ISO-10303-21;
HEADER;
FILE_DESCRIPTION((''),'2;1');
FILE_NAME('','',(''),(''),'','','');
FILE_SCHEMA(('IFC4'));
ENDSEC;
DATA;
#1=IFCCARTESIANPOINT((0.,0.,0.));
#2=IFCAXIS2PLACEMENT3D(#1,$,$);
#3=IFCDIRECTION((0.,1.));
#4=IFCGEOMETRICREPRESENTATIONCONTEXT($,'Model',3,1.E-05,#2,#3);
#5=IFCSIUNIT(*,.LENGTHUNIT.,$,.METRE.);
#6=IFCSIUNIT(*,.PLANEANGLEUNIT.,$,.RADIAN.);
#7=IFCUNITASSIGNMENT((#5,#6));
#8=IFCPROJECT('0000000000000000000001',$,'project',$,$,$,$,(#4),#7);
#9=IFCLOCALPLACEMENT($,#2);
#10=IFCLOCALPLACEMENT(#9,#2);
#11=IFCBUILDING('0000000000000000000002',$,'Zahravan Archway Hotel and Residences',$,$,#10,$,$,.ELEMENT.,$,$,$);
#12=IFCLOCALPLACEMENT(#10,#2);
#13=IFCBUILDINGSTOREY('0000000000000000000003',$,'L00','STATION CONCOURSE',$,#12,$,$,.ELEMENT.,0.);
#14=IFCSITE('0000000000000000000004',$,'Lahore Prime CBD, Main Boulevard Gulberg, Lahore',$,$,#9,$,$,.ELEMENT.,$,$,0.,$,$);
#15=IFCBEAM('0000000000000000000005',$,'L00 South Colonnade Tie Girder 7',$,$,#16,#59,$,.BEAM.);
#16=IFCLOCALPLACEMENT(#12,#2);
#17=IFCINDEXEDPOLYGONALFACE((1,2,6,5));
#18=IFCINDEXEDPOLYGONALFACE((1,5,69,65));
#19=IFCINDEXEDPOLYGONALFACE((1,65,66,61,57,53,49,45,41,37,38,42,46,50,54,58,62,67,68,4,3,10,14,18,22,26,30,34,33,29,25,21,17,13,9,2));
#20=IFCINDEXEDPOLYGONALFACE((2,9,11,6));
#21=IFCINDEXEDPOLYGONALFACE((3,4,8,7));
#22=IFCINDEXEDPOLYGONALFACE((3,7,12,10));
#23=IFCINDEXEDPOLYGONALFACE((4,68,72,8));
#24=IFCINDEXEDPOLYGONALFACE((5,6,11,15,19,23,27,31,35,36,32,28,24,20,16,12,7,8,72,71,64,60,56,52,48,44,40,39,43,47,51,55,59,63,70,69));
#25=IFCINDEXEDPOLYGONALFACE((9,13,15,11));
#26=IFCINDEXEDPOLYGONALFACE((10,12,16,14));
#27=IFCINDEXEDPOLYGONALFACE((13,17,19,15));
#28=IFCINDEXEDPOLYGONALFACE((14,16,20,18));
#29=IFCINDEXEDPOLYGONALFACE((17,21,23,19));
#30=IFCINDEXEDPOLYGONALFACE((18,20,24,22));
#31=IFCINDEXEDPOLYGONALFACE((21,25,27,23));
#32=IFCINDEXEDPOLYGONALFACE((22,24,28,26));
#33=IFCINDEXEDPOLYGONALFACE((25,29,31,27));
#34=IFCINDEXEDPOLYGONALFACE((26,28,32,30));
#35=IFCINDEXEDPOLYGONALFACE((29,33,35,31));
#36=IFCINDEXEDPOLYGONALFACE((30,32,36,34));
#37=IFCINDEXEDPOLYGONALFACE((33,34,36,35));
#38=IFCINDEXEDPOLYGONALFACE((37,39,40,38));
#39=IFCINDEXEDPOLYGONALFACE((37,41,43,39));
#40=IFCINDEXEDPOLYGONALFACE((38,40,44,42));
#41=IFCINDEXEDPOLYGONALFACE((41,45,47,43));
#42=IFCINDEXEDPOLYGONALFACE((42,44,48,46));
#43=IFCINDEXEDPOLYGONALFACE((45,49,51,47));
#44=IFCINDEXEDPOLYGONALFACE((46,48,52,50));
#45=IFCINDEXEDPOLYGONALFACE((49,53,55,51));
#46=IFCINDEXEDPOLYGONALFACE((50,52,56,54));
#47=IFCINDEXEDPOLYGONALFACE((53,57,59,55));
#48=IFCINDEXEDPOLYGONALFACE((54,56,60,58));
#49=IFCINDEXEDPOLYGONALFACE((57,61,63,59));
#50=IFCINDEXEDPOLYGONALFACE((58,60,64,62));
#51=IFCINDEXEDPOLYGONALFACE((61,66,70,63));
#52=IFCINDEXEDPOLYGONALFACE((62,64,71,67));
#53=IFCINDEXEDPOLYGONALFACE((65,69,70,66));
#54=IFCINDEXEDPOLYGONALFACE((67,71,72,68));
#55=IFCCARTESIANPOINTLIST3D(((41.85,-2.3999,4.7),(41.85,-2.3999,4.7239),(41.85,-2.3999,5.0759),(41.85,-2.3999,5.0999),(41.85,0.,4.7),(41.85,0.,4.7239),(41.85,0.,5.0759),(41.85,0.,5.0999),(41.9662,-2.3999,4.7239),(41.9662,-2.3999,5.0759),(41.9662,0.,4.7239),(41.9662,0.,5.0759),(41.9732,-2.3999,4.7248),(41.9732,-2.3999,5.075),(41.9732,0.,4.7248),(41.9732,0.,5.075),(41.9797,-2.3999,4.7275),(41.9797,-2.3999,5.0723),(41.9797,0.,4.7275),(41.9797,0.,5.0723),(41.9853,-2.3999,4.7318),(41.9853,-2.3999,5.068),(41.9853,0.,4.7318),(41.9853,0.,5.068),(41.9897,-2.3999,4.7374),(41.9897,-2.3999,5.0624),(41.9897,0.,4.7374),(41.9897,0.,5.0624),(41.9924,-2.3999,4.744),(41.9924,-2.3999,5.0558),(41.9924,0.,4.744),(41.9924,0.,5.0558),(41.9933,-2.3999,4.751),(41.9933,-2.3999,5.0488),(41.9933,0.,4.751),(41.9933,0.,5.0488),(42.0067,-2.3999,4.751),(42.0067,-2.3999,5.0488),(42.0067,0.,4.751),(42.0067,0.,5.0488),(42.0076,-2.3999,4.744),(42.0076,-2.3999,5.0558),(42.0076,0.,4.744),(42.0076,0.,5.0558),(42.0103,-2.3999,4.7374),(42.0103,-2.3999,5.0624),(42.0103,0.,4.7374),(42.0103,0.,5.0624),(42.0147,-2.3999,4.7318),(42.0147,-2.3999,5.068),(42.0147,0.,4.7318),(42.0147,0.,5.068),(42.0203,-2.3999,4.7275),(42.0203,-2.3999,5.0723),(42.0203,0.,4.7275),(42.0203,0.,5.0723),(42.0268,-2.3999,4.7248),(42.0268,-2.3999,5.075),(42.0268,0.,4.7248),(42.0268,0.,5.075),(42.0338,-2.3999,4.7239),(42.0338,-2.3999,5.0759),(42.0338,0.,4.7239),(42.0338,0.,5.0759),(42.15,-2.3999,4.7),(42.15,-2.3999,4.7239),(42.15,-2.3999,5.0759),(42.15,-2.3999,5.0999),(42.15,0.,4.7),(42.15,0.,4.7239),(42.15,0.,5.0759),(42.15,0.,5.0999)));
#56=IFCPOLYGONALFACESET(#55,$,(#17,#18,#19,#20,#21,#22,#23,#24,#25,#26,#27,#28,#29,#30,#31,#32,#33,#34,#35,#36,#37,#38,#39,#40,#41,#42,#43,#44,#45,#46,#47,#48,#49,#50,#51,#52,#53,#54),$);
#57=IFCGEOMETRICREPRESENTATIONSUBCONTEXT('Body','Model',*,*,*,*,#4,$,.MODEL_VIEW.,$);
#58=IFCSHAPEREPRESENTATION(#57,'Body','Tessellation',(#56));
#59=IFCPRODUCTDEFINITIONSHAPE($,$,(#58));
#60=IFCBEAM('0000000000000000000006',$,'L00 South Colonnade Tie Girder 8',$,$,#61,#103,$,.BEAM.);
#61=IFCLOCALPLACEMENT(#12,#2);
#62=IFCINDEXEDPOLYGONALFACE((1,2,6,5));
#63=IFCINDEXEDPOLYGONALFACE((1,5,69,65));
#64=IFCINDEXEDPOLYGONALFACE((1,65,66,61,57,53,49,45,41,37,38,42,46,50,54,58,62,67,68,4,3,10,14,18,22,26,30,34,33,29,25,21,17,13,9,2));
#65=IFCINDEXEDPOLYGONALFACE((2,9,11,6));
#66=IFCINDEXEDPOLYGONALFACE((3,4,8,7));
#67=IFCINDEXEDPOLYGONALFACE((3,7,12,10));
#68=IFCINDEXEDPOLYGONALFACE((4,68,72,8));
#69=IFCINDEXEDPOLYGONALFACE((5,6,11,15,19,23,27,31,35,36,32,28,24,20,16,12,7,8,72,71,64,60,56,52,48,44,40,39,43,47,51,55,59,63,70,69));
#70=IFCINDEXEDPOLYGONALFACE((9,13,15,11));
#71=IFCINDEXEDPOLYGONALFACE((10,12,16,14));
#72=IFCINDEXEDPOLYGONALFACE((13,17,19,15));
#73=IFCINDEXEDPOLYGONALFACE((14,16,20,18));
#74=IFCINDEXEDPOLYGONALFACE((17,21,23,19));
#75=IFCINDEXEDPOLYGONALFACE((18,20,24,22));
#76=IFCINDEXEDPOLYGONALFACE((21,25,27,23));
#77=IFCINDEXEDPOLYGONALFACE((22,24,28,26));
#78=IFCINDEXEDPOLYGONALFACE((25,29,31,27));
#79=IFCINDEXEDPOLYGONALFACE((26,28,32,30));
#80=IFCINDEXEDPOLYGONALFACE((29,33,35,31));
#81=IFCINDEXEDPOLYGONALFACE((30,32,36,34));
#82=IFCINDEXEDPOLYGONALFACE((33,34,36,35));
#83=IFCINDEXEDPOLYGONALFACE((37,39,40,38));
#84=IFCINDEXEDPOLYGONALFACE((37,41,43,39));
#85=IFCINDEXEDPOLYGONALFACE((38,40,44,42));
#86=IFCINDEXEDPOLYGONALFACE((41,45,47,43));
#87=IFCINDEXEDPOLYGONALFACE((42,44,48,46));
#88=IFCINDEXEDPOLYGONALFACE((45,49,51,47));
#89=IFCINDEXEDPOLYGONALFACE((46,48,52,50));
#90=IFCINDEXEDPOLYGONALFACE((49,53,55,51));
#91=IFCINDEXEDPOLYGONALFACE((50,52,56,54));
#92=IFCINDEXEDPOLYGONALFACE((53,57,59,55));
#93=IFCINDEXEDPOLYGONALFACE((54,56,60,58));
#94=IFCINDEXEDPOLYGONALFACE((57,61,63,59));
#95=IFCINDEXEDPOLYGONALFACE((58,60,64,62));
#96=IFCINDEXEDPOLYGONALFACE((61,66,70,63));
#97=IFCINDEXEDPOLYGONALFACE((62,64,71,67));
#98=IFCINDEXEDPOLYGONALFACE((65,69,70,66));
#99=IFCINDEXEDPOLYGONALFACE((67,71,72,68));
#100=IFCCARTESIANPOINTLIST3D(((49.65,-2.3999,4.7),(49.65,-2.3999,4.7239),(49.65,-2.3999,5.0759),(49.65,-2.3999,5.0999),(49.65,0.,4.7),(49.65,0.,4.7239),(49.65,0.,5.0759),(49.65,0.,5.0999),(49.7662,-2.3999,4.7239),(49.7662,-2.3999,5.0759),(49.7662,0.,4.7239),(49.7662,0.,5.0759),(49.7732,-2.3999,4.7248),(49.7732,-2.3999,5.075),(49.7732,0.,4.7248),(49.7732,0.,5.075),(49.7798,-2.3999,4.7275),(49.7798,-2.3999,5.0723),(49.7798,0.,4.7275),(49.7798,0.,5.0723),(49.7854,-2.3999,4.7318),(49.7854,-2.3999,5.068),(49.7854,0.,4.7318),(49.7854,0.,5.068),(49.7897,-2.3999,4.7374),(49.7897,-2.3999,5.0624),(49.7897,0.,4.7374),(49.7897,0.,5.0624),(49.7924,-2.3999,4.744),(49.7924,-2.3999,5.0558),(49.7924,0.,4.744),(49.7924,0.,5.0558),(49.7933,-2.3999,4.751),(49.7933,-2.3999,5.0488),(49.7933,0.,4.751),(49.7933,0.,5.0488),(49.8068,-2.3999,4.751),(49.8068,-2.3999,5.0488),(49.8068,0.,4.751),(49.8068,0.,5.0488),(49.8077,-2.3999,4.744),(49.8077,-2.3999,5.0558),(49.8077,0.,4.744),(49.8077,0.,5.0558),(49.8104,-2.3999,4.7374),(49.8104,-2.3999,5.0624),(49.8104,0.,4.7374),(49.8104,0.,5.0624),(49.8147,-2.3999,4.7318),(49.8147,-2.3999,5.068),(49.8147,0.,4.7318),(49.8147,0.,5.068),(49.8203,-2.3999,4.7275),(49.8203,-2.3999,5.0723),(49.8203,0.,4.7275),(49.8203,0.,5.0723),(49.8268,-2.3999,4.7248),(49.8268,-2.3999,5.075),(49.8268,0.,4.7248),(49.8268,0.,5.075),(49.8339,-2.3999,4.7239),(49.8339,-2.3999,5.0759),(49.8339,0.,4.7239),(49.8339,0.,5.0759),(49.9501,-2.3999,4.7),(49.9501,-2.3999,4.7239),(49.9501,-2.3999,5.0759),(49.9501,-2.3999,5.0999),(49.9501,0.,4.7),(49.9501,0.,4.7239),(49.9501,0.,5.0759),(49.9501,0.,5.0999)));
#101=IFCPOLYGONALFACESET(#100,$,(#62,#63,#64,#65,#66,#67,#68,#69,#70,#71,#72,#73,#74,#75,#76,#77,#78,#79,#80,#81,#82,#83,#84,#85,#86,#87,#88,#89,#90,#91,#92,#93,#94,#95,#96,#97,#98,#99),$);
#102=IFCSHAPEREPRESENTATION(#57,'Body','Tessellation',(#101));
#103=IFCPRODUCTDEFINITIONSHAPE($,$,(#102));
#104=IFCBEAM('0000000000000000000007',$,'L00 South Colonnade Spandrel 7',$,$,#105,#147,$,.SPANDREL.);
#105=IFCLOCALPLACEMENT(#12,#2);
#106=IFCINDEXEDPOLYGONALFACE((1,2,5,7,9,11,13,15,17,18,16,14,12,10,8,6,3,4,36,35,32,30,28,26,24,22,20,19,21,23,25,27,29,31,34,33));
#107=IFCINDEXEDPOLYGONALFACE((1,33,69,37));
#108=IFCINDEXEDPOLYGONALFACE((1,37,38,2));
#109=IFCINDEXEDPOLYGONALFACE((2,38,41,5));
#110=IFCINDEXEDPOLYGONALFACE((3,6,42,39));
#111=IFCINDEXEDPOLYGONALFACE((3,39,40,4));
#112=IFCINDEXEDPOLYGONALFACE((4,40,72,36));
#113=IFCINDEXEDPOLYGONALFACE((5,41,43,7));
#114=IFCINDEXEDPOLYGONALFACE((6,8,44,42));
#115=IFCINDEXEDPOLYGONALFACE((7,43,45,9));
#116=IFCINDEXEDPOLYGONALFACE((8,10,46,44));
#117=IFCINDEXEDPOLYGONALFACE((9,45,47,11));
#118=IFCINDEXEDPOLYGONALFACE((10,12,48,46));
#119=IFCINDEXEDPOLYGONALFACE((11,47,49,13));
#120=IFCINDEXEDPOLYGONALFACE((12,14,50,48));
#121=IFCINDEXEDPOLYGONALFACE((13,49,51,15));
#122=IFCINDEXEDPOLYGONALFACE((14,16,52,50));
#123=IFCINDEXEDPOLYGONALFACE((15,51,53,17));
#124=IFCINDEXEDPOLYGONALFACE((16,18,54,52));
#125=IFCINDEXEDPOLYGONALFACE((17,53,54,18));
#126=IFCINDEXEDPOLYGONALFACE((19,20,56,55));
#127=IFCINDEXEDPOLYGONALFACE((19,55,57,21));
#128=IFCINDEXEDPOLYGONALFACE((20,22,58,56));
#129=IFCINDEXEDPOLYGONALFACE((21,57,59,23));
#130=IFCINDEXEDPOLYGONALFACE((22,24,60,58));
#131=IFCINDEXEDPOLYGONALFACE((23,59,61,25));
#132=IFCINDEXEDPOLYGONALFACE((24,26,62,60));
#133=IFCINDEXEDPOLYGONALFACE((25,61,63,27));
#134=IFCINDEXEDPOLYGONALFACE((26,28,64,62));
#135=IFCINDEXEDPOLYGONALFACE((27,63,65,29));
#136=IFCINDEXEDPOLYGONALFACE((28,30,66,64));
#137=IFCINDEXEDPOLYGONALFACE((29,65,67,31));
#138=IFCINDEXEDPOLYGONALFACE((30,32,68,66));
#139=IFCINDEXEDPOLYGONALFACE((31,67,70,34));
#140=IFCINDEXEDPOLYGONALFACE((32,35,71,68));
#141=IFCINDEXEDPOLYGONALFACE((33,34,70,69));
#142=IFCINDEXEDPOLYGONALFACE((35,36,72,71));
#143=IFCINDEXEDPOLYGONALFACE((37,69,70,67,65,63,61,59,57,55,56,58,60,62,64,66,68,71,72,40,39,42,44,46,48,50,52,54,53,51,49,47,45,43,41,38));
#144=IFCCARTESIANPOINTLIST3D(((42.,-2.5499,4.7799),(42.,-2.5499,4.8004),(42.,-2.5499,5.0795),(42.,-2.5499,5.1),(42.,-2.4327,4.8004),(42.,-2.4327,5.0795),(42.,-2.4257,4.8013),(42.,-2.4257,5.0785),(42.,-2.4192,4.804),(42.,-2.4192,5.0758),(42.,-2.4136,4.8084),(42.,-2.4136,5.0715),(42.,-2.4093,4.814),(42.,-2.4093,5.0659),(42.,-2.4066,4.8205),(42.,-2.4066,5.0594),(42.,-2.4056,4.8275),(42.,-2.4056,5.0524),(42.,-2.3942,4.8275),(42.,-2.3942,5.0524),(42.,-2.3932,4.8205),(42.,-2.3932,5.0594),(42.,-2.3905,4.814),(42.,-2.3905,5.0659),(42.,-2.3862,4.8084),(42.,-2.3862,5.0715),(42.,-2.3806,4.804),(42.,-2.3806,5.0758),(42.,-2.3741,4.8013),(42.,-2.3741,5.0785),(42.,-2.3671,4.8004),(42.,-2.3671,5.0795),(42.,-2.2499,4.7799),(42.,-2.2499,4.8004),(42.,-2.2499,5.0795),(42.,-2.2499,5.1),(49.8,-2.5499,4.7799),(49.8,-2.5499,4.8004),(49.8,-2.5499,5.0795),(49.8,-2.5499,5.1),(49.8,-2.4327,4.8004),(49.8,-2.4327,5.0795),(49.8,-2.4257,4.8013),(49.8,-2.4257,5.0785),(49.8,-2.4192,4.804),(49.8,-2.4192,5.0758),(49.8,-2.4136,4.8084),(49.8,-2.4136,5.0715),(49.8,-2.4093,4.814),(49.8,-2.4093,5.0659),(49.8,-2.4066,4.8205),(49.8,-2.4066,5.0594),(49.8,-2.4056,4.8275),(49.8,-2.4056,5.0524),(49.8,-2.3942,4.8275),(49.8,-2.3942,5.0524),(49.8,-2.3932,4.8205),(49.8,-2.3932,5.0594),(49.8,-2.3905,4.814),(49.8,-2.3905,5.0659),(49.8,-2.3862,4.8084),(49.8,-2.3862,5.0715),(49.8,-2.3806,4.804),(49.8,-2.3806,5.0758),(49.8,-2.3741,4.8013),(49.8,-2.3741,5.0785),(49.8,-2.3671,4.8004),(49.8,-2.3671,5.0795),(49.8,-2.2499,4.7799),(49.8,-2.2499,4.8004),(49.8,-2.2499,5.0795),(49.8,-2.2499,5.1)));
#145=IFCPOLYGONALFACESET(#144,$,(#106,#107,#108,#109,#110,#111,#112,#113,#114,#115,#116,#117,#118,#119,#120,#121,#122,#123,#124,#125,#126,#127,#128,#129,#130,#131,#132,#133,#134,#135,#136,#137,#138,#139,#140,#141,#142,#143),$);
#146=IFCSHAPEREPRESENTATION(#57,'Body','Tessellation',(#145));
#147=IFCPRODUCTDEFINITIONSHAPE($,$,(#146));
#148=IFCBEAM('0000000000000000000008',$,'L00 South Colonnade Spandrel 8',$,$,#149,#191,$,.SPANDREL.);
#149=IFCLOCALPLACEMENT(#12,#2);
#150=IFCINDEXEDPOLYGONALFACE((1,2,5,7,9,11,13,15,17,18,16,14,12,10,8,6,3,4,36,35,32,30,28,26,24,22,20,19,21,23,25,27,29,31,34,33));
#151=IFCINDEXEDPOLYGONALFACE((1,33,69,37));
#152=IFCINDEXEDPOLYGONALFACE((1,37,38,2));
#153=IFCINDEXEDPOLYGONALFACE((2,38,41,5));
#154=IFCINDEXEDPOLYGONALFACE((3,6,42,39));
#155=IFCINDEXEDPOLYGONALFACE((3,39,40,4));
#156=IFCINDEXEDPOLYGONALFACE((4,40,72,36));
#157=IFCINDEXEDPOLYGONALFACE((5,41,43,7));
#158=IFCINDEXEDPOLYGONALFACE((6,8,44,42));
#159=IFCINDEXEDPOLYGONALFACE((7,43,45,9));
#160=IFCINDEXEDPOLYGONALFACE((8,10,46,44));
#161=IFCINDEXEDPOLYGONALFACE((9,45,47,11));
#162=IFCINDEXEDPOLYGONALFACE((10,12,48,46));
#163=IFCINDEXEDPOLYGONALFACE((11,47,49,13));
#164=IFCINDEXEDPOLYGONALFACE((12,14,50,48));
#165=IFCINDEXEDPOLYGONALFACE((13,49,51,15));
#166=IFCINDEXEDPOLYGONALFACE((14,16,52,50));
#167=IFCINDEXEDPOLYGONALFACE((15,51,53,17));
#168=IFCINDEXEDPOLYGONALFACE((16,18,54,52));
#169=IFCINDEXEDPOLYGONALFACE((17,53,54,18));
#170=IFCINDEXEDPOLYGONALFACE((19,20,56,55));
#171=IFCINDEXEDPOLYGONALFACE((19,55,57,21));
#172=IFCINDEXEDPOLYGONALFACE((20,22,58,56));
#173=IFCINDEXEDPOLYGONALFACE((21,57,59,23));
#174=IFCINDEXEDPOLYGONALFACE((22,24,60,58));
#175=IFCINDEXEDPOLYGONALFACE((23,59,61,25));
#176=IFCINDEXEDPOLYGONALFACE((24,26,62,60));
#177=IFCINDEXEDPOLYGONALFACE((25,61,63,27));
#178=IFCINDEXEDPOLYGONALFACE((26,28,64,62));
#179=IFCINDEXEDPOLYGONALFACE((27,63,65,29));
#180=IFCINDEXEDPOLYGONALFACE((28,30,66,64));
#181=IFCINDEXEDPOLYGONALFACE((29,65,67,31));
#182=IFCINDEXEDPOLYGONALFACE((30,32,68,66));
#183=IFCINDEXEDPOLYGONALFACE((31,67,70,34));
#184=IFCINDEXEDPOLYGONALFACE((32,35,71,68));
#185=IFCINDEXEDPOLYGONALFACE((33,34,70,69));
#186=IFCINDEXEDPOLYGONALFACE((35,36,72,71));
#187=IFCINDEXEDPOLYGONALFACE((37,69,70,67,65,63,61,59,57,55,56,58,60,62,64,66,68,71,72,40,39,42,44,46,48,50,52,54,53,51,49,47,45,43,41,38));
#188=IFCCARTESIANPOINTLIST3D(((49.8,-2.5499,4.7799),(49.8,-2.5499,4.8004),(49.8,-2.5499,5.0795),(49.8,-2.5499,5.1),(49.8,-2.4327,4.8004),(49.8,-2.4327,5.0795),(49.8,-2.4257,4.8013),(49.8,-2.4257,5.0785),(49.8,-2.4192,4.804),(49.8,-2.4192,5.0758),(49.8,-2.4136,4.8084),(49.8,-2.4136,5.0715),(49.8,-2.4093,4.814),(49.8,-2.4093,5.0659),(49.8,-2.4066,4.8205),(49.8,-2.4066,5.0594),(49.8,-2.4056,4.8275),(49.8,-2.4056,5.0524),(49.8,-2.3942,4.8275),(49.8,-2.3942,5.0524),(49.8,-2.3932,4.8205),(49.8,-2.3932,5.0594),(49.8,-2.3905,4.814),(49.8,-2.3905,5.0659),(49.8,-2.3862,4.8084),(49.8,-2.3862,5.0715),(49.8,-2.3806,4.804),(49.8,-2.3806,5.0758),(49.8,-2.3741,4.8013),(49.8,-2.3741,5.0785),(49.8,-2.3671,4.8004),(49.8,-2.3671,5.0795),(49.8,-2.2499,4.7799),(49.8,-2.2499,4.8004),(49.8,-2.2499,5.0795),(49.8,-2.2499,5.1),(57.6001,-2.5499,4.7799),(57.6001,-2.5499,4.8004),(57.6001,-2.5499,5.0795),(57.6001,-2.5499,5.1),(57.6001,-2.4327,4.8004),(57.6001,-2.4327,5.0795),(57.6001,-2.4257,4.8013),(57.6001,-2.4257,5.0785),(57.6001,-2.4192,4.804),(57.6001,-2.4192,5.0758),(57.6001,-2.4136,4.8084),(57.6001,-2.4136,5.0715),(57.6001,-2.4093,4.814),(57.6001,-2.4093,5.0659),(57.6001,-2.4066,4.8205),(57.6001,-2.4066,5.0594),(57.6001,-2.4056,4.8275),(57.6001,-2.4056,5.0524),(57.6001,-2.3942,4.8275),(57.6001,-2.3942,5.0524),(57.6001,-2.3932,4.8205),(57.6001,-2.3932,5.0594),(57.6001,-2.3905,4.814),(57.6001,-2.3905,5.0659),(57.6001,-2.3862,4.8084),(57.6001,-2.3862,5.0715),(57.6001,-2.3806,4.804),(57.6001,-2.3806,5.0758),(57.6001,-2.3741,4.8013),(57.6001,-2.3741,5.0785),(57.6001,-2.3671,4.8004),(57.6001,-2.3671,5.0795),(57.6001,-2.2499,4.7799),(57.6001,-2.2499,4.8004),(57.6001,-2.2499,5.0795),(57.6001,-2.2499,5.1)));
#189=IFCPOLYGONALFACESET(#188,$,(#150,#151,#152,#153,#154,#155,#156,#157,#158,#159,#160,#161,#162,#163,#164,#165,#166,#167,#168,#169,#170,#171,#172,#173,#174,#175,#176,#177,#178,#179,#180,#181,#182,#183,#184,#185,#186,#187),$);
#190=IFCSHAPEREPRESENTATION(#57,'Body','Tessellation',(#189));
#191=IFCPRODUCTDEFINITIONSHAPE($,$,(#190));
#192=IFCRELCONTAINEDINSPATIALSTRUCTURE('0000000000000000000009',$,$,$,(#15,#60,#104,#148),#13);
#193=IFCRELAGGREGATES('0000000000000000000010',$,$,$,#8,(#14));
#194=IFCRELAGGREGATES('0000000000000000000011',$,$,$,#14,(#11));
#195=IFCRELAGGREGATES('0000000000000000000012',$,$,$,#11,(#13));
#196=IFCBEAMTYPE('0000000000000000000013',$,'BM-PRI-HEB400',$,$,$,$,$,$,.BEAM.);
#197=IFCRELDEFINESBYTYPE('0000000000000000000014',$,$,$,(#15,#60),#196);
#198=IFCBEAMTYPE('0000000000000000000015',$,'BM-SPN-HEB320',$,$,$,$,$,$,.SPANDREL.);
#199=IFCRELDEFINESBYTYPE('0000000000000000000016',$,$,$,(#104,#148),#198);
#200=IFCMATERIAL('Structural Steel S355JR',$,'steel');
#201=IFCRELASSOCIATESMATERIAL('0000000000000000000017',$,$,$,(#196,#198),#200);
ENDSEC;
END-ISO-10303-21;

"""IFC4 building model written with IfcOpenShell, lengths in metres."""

from ifc_helpers import new_model, si_unit, direction, frame, origin, origin_2d, place, context, subcontext, project, spatial, i_section, extrude, source, transform, mapped, material, material_profile, profile_set, type_object, element, save


model = new_model("IFC4")

# Units and contexts
model_context = context("Model", 3, precision=1e-05, world=origin(), true_north=direction((0.0, 1.0)))
body_context = subcontext(model_context, "Body", "Model", "MODEL_VIEW")
ifc_project = project(units=[si_unit("LENGTHUNIT", "METRE"), si_unit("PLANEANGLEUNIT", "RADIAN")], contexts=[model_context])

# Site, building, storey
site_placement = place(None, origin())
site = spatial("IfcSite", under=ifc_project, at=site_placement, Name="Lahore Prime CBD, Main Boulevard Gulberg, Lahore", CompositionType="ELEMENT", RefElevation=0.0)
building_placement = place(site_placement, origin())
building = spatial("IfcBuilding", under=site, at=building_placement, Name="Zahravan Archway Hotel and Residences", CompositionType="ELEMENT")
storey_placement = place(building_placement, origin())
storey = spatial("IfcBuildingStorey", under=building, at=storey_placement, Name="L00", Description="STATION CONCOURSE", CompositionType="ELEMENT", Elevation=0.0)

# Beams
ifc_material_1 = material(Name="Structural Steel S355JR", Category="steel")
ifc_material_profile_1 = material_profile(ifc_material_1, i_section(OverallWidth=0.3, OverallDepth=0.3999, WebThickness=0.0134, FlangeThickness=0.0239, FilletRadius=0.0271, at=origin_2d()), Name="HEB 400", Category="steel")
ifc_profile_set_1 = profile_set([ifc_material_profile_1], Name="Structural Steel S355JR")
beam_type_1 = type_object("IfcBeamType", Name="BM-PRI-HEB400", PredefinedType="BEAM", material=ifc_profile_set_1)
shared_shape_1 = source(origin(), body_context, "Body", "SweptSolid", [
    extrude(i_section(OverallWidth=0.3, OverallDepth=0.3999, WebThickness=0.0134, FlangeThickness=0.0239, FilletRadius=0.0271, at=origin_2d()), origin(), (0.0, 0.0, 1.0), 2.3999),
])
for number, where, z_axis, x_axis, name in (
    (1, (42.0, -2.3999, 4.8999), (0.0, 1.0, 0.0), (-1.0, 0.0, 0.0), "L00 South Colonnade Tie Girder 7"),
    (2, (49.8, -2.3999, 4.8999), (0.0, 1.0, 0.0), (-1.0, 0.0, 0.0), "L00 South Colonnade Tie Girder 8"),
):
    element("IfcBeam", number, at=place(storey_placement, frame(where, z_axis=z_axis, x_axis=x_axis)), inside=storey, type_object=beam_type_1, Name=name, PredefinedType="BEAM", context=body_context, shape_type="MappedRepresentation", body=[
        mapped(shared_shape_1, transform((0.0, 0.0, 0.0), scale=1.0)),
    ])
ifc_material_profile_2 = material_profile(ifc_material_1, i_section(OverallWidth=0.3, OverallDepth=0.3201, WebThickness=0.0115, FlangeThickness=0.0205, FilletRadius=0.0271, at=origin_2d()), Name="HEB 320", Category="steel")
ifc_profile_set_2 = profile_set([ifc_material_profile_2], Name="Structural Steel S355JR")
beam_type_2 = type_object("IfcBeamType", Name="BM-SPN-HEB320", PredefinedType="SPANDREL", material=ifc_profile_set_2)
shared_shape_2 = source(origin(), body_context, "Body", "SweptSolid", [
    extrude(i_section(OverallWidth=0.3, OverallDepth=0.3201, WebThickness=0.0115, FlangeThickness=0.0205, FilletRadius=0.0271, at=origin_2d()), origin(), (0.0, 0.0, 1.0), 7.8),
])
for number, where, z_axis, x_axis, name in (
    (3, (42.0, -2.3999, 4.9399), (1.0, 0.0, 0.0), (0.0, 1.0, 0.0), "L00 South Colonnade Spandrel 7"),
    (4, (49.8, -2.3999, 4.9399), (1.0, 0.0, 0.0), (0.0, 1.0, 0.0), "L00 South Colonnade Spandrel 8"),
):
    element("IfcBeam", number, at=place(storey_placement, frame(where, z_axis=z_axis, x_axis=x_axis)), inside=storey, type_object=beam_type_2, Name=name, PredefinedType="SPANDREL", context=body_context, shape_type="MappedRepresentation", body=[
        mapped(shared_shape_2, transform((0.0, 0.0, 0.0), scale=1.0)),
    ])

save(model, "model.ifc")
